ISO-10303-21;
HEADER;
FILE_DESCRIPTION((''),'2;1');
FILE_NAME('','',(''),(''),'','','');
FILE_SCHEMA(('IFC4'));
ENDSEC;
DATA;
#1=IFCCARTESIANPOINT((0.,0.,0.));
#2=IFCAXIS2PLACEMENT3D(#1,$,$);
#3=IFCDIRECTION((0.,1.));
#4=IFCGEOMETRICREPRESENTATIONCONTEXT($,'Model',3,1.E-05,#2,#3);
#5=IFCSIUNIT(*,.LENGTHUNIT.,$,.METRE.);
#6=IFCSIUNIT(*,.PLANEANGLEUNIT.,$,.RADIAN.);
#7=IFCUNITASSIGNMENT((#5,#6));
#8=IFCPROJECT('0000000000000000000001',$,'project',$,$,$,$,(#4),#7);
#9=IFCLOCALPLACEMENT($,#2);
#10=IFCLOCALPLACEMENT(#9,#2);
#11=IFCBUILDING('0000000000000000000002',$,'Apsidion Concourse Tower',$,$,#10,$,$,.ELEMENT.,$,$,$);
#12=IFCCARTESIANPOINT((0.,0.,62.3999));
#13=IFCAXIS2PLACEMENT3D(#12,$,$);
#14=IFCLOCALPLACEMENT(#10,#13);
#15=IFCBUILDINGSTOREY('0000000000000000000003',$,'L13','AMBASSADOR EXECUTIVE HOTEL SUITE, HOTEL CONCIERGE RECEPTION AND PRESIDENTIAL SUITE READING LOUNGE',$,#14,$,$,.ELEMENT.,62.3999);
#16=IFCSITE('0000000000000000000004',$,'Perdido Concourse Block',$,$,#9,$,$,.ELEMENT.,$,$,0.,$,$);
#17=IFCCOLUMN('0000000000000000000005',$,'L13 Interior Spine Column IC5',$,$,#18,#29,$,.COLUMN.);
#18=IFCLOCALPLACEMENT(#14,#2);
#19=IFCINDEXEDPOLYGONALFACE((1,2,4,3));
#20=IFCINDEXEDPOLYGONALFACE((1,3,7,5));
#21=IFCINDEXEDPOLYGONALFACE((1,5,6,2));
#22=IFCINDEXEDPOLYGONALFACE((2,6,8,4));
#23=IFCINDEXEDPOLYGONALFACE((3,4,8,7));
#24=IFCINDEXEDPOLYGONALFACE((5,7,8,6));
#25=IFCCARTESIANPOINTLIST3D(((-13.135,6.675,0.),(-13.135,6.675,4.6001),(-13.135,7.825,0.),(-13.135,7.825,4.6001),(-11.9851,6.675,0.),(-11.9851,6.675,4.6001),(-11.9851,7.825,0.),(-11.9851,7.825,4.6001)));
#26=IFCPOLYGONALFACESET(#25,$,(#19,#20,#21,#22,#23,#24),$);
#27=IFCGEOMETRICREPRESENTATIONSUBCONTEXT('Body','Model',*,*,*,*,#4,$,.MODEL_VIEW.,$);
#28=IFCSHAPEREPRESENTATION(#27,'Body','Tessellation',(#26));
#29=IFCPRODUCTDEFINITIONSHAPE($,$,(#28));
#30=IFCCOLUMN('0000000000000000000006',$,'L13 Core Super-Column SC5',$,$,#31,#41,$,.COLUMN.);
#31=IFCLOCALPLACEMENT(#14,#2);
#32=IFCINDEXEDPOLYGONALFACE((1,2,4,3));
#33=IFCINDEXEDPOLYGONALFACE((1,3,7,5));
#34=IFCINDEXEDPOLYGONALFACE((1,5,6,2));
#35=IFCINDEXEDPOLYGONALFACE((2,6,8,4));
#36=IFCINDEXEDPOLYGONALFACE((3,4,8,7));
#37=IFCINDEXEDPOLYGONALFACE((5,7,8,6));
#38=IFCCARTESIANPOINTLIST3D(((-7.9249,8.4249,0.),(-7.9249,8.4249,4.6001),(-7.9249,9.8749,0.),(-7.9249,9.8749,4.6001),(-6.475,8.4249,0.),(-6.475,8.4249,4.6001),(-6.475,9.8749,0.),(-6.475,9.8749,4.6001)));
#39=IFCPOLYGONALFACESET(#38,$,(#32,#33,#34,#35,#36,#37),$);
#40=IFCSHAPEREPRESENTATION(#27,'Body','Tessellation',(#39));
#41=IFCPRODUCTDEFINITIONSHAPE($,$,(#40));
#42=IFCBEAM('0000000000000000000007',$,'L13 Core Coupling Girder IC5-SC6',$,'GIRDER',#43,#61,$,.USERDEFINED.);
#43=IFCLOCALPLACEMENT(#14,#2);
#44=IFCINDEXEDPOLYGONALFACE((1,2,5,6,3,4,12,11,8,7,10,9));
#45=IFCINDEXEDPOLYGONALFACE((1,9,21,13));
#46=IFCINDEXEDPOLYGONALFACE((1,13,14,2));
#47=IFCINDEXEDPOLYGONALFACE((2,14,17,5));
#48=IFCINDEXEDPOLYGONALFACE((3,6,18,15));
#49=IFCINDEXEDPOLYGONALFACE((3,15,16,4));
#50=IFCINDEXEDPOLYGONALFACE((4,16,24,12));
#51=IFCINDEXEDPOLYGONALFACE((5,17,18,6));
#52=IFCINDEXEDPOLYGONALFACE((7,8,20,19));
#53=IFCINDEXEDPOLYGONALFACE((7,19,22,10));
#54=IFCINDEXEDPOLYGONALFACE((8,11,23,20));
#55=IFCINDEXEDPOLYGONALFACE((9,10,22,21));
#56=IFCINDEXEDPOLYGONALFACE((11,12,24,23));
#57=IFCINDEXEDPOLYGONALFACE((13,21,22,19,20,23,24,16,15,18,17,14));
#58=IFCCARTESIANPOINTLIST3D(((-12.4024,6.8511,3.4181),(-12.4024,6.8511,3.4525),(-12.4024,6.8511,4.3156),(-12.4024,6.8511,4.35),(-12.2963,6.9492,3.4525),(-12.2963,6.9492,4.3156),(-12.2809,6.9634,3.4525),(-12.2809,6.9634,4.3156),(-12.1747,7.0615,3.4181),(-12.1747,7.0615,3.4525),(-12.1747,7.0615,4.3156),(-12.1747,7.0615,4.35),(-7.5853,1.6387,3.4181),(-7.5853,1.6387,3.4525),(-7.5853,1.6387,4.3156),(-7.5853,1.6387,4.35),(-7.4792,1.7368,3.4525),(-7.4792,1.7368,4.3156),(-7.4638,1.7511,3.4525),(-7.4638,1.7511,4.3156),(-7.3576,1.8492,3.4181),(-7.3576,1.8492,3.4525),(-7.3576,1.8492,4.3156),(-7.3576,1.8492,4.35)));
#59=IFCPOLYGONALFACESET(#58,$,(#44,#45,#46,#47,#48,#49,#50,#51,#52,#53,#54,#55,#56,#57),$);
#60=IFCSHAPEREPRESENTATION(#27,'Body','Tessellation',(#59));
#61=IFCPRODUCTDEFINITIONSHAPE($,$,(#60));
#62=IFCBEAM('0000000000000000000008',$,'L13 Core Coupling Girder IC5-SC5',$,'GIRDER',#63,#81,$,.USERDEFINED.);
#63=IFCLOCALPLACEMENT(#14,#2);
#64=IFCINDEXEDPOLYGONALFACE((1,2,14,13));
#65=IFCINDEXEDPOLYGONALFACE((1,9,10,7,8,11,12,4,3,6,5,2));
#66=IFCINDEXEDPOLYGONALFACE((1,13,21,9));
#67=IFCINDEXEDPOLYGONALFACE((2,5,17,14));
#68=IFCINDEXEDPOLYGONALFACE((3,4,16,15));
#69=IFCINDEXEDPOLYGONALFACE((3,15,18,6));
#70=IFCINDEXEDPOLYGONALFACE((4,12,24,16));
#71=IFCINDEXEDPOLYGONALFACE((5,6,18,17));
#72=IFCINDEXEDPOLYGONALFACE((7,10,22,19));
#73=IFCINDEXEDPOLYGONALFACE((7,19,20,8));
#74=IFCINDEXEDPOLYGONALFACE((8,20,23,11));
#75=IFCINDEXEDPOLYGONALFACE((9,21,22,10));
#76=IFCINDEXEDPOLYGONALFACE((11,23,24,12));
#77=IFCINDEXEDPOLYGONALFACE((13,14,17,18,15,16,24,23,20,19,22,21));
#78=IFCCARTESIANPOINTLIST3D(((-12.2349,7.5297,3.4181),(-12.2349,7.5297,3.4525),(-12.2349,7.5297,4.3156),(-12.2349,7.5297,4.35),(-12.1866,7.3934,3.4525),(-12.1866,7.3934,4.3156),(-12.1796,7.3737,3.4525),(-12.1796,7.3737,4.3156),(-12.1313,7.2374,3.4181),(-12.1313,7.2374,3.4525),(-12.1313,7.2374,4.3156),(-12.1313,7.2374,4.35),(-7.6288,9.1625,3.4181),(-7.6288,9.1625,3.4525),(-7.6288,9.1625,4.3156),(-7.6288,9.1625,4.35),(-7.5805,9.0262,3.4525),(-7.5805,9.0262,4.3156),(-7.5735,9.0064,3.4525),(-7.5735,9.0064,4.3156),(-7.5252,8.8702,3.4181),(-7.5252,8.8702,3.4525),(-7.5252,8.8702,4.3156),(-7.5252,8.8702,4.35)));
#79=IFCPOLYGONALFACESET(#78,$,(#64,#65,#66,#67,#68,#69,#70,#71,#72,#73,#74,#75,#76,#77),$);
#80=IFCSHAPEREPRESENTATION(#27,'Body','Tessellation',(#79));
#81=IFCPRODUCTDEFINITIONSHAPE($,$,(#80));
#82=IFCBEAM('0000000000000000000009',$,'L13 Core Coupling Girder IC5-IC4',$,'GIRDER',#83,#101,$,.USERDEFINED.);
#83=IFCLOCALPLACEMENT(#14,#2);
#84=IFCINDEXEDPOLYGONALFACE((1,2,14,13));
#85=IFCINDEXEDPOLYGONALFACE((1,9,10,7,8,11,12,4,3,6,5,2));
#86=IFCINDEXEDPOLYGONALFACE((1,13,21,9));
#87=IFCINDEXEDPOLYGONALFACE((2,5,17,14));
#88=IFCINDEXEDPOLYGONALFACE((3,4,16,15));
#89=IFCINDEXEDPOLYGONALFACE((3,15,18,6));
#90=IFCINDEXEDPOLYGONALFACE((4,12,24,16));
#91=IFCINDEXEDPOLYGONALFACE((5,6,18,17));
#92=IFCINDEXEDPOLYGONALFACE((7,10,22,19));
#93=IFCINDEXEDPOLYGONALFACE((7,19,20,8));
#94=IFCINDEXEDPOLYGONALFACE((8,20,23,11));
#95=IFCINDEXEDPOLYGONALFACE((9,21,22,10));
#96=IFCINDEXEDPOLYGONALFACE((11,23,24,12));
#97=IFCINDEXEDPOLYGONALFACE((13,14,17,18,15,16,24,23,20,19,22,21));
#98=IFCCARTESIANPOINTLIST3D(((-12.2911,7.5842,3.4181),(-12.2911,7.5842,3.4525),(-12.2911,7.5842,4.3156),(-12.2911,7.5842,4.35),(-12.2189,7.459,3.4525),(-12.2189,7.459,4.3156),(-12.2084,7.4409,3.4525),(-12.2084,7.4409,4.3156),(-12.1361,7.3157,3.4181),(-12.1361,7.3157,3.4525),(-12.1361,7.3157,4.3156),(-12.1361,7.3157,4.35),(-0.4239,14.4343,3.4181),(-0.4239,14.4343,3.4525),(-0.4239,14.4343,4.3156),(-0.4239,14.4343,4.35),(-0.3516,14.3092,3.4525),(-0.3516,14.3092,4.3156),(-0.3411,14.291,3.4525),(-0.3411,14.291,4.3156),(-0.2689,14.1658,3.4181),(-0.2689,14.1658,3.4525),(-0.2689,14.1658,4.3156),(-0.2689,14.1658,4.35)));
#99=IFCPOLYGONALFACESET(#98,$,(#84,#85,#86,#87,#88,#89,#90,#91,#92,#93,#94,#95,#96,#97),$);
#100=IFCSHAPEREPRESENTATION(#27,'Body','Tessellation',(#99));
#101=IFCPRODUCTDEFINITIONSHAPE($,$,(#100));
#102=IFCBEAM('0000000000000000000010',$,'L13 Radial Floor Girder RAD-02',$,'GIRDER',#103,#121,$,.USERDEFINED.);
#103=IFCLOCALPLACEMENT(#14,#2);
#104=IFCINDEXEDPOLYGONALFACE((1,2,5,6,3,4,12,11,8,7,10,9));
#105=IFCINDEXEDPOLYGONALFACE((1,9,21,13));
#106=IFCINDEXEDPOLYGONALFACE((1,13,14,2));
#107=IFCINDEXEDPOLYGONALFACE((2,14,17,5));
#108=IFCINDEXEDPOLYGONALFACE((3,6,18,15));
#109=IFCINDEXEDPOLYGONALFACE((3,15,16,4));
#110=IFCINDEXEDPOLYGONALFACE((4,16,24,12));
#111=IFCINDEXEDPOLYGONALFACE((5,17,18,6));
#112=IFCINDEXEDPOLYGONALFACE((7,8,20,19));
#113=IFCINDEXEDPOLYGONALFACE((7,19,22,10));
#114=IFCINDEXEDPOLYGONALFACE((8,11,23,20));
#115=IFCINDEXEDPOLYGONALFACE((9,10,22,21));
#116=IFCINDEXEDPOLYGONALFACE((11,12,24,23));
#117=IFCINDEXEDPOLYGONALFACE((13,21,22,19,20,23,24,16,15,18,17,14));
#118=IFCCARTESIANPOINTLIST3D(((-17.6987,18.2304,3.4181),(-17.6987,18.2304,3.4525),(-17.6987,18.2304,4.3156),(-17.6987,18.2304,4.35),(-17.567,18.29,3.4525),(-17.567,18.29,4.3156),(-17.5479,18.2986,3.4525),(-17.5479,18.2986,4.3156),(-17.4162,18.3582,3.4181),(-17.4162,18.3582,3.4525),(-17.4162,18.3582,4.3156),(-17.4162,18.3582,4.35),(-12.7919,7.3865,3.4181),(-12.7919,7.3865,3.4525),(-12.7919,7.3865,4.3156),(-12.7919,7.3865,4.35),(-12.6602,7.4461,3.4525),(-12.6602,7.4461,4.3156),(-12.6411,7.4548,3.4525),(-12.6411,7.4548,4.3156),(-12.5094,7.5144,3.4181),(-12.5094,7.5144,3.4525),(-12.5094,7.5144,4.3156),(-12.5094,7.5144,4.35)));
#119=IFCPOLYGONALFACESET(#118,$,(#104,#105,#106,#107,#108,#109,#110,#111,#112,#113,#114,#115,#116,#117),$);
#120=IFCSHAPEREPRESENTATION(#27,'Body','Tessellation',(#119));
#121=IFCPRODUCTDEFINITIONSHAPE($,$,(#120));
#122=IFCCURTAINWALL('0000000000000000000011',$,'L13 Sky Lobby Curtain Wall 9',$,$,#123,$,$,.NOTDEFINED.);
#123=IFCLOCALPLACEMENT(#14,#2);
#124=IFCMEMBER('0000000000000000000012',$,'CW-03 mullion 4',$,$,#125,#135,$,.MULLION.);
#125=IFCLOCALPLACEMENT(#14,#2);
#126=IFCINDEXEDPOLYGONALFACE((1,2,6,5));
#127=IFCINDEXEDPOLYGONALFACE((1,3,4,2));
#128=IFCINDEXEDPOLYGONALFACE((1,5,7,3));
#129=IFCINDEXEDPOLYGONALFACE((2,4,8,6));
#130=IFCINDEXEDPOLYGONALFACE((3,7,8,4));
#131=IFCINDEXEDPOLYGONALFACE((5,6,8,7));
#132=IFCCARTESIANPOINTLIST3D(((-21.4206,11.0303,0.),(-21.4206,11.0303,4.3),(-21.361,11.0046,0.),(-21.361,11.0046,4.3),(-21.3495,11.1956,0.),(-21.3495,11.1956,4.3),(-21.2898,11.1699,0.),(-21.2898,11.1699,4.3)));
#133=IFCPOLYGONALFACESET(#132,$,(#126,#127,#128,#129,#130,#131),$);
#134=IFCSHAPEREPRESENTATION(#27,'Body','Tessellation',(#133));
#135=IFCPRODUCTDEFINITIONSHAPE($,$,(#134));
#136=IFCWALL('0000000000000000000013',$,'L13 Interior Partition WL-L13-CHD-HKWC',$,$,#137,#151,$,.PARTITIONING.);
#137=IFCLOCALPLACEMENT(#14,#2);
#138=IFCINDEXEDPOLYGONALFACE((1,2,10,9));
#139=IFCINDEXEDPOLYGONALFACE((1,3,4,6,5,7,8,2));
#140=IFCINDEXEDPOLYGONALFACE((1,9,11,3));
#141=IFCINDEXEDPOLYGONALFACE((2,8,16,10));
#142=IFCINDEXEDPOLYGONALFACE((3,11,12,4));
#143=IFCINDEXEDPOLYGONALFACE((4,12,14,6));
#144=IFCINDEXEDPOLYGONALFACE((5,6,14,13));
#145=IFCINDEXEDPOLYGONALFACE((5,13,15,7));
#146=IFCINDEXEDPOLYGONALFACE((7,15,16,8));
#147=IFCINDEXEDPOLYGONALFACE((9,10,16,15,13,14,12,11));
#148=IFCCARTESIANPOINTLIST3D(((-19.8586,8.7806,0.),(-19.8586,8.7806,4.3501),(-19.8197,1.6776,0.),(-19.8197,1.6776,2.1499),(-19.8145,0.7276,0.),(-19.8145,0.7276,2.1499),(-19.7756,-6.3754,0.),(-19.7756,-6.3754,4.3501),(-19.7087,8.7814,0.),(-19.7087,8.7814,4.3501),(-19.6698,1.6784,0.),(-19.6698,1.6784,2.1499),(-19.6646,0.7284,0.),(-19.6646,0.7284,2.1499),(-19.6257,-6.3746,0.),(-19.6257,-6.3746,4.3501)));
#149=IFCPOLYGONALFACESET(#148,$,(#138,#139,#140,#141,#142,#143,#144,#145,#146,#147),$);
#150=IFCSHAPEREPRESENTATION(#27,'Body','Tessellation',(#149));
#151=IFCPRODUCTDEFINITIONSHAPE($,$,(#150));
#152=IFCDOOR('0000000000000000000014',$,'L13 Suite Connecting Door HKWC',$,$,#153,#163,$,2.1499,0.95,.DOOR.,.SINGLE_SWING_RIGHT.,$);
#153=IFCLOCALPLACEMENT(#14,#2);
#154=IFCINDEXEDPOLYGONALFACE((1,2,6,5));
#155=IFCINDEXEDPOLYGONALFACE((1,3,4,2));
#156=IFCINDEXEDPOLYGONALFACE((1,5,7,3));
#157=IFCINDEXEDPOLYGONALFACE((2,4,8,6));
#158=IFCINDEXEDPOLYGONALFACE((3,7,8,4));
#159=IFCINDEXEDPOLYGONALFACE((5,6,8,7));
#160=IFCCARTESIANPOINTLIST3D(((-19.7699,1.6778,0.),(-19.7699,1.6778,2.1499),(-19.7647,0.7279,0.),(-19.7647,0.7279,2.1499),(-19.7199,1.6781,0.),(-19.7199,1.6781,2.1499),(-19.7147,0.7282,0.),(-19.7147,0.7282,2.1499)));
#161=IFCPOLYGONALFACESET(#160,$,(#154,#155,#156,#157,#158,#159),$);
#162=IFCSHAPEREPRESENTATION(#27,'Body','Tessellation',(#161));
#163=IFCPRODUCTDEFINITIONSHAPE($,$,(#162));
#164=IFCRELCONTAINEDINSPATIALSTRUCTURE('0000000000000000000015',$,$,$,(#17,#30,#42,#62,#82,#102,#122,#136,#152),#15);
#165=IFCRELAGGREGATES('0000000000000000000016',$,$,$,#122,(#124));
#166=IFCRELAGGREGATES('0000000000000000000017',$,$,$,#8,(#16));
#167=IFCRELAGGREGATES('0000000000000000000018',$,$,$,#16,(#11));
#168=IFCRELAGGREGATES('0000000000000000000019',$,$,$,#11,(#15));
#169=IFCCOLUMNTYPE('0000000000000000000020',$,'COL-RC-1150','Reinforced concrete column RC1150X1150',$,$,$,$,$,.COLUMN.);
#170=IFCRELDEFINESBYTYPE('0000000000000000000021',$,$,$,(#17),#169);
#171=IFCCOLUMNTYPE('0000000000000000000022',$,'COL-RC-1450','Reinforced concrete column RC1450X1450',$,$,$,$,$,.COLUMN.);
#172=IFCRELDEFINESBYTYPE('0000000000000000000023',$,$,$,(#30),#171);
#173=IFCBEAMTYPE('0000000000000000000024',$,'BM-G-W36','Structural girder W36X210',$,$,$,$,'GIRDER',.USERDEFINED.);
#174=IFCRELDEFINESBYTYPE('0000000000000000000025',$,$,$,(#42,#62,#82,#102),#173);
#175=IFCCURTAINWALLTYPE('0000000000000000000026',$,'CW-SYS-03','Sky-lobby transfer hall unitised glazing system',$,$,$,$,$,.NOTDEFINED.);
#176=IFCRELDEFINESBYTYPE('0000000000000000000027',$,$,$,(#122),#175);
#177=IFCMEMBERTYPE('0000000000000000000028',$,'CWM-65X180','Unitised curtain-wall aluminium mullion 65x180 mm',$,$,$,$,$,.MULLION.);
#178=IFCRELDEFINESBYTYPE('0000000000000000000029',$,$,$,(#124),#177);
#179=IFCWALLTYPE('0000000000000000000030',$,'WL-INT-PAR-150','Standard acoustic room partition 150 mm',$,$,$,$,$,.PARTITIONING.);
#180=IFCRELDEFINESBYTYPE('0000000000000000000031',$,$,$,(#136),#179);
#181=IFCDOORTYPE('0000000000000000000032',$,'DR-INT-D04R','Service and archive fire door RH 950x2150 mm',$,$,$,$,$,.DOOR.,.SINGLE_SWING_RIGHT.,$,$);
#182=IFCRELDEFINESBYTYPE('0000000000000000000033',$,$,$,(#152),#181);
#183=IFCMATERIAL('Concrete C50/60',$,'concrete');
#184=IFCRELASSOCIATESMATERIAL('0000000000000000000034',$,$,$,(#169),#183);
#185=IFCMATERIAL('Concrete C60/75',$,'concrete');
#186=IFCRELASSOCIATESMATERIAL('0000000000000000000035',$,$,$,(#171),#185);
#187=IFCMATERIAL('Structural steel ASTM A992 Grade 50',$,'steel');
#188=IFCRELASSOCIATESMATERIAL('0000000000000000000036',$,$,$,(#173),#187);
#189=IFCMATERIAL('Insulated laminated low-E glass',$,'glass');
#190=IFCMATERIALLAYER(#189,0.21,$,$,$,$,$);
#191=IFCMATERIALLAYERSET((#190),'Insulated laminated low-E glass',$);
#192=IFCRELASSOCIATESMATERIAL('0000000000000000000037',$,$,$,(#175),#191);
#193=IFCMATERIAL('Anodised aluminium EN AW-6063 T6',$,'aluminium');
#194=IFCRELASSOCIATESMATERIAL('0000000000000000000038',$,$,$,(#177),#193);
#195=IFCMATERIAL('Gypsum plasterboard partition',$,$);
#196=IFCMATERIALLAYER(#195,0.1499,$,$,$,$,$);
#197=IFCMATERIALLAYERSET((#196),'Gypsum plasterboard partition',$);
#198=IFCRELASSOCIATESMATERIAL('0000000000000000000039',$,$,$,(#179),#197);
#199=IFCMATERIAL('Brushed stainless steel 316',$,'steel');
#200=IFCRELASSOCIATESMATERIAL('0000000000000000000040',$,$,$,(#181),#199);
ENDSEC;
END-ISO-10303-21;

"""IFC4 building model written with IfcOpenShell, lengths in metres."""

from ifc_helpers import new_model, si_unit, direction, frame, frame_2d, origin, origin_2d, place, context, subcontext, project, spatial, rectangle, i_section, extrude, material, layer, layer_set, material_profile, profile_set, type_object, element, fill, aggregate, save


model = new_model("IFC4")

# Units and contexts
model_context = context("Model", 3, precision=1e-05, world=origin(), true_north=direction((0.0, 1.0)))
body_context = subcontext(model_context, "Body", "Model", "MODEL_VIEW")
ifc_project = project(units=[si_unit("LENGTHUNIT", "METRE"), si_unit("PLANEANGLEUNIT", "RADIAN")], contexts=[model_context])

# Site, building, storey
site_placement = place(None, origin())
site = spatial("IfcSite", under=ifc_project, at=site_placement, Name="Perdido Concourse Block", CompositionType="ELEMENT", RefElevation=0.0)
building_placement = place(site_placement, origin())
building = spatial("IfcBuilding", under=site, at=building_placement, Name="Apsidion Concourse Tower", CompositionType="ELEMENT")
storey_placement = place(building_placement, frame((0.0, 0.0, 62.3999)))
storey = spatial("IfcBuildingStorey", under=building, at=storey_placement, Name="L13", Description="AMBASSADOR EXECUTIVE HOTEL SUITE, HOTEL CONCIERGE RECEPTION AND PRESIDENTIAL SUITE READING LOUNGE", CompositionType="ELEMENT", Elevation=62.3999)

# Columns
ifc_material_1 = material(Name="Concrete C50/60", Category="concrete")
ifc_material_profile_1 = material_profile(ifc_material_1, rectangle(XDim=1.1499, YDim=1.1499, at=origin_2d()), Name="RC 1150x1150")
ifc_profile_set_1 = profile_set([ifc_material_profile_1], Name="Concrete C50/60")
column_type_1 = type_object("IfcColumnType", Name="COL-RC-1150", Description="Reinforced concrete column RC1150X1150", PredefinedType="COLUMN", material=ifc_profile_set_1)
column_1_placement = place(storey_placement, frame((-12.5601, 7.25, 0.0), z_axis=(0.0, 0.0, 1.0), x_axis=(1.0, 0.0, 0.0)))
element("IfcColumn", 1, at=column_1_placement, inside=storey, type_object=column_type_1, Name="L13 Interior Spine Column IC5", PredefinedType="COLUMN", context=body_context, shape_type="SweptSolid", body=[
    extrude(rectangle(XDim=1.1499, YDim=1.1499, at=origin_2d()), origin(), (0.0, 0.0, 1.0), 4.6001),
])
ifc_material_2 = material(Name="Concrete C60/75", Category="concrete")
ifc_material_profile_2 = material_profile(ifc_material_2, rectangle(XDim=1.45, YDim=1.45, at=origin_2d()), Name="RC 1450x1450")
ifc_profile_set_2 = profile_set([ifc_material_profile_2], Name="Concrete C60/75")
column_type_2 = type_object("IfcColumnType", Name="COL-RC-1450", Description="Reinforced concrete column RC1450X1450", PredefinedType="COLUMN", material=ifc_profile_set_2)
column_2_placement = place(storey_placement, frame((-7.2, 9.1499, 0.0), z_axis=(0.0, 0.0, 1.0), x_axis=(1.0, 0.0, 0.0)))
element("IfcColumn", 2, at=column_2_placement, inside=storey, type_object=column_type_2, Name="L13 Core Super-Column SC5", PredefinedType="COLUMN", context=body_context, shape_type="SweptSolid", body=[
    extrude(rectangle(XDim=1.45, YDim=1.45, at=origin_2d()), origin(), (0.0, 0.0, 1.0), 4.6001),
])

# Beams
ifc_material_3 = material(Name="Structural steel ASTM A992 Grade 50", Category="steel")
ifc_material_profile_3 = material_profile(ifc_material_3, i_section(OverallWidth=0.3101, OverallDepth=0.9319, WebThickness=0.021, FlangeThickness=0.0344, at=origin_2d()), Name="W36X210")
ifc_profile_set_3 = profile_set([ifc_material_profile_3], Name="Structural steel ASTM A992 Grade 50")
beam_type = type_object("IfcBeamType", Name="BM-G-W36", Description="Structural girder W36X210", ElementType="GIRDER", PredefinedType="USERDEFINED", material=ifc_profile_set_3)
beam_1_placement = place(storey_placement, frame((-12.2886, 6.9563, 3.884), z_axis=(0.678713, -0.734404, 0.0), x_axis=(0.734404, 0.678713, 0.0)))
element("IfcBeam", 3, at=beam_1_placement, inside=storey, type_object=beam_type, Name="L13 Core Coupling Girder IC5-SC6", ObjectType="GIRDER", PredefinedType="USERDEFINED", context=body_context, shape_type="SweptSolid", body=[
    extrude(i_section(OverallWidth=0.3101, OverallDepth=0.9319, WebThickness=0.021, FlangeThickness=0.0344, at=origin_2d()), origin(), (0.0, 0.0, 1.0), 7.0974),
])
beam_2_placement = place(storey_placement, frame((-12.1831, 7.3835, 3.884), z_axis=(0.942534, 0.334111, 0.0), x_axis=(-0.334111, 0.942534, 0.0)))
element("IfcBeam", 4, at=beam_2_placement, inside=storey, type_object=beam_type, Name="L13 Core Coupling Girder IC5-SC5", ObjectType="GIRDER", PredefinedType="USERDEFINED", context=body_context, shape_type="SweptSolid", body=[
    extrude(i_section(OverallWidth=0.3101, OverallDepth=0.9319, WebThickness=0.021, FlangeThickness=0.0344, at=origin_2d()), origin(), (0.0, 0.0, 1.0), 4.887),
])
beam_3_placement = place(storey_placement, frame((-12.2136, 7.45, 3.884), z_axis=(0.86607, 0.499922, 0.0), x_axis=(-0.499922, 0.86607, 0.0)))
element("IfcBeam", 5, at=beam_3_placement, inside=storey, type_object=beam_type, Name="L13 Core Coupling Girder IC5-IC4", ObjectType="GIRDER", PredefinedType="USERDEFINED", context=body_context, shape_type="SweptSolid", body=[
    extrude(i_section(OverallWidth=0.3101, OverallDepth=0.9319, WebThickness=0.021, FlangeThickness=0.0344, at=origin_2d()), origin(), (0.0, 0.0, 1.0), 13.7024),
])
beam_4_placement = place(storey_placement, frame((-12.6506, 7.4504, 3.884), z_axis=(-0.412254, 0.911069, 0.0), x_axis=(-0.911069, -0.412254, 0.0)))
element("IfcBeam", 6, at=beam_4_placement, inside=storey, type_object=beam_type, Name="L13 Radial Floor Girder RAD-02", ObjectType="GIRDER", PredefinedType="USERDEFINED", context=body_context, shape_type="SweptSolid", body=[
    extrude(i_section(OverallWidth=0.3101, OverallDepth=0.9319, WebThickness=0.021, FlangeThickness=0.0344, at=origin_2d()), origin(), (0.0, 0.0, 1.0), 11.9023),
])

# Curtain wall, member
ifc_material_4 = material(Name="Insulated laminated low-E glass", Category="glass")
ifc_layer_1 = layer(ifc_material_4, 0.21)
ifc_layer_set_1 = layer_set([ifc_layer_1], Name="Insulated laminated low-E glass")
curtain_wall_type = type_object("IfcCurtainWallType", Name="CW-SYS-03", Description="Sky-lobby transfer hall unitised glazing system", PredefinedType="NOTDEFINED", material=ifc_layer_set_1)
curtain_wall_placement = place(storey_placement, origin())
curtain_wall = element("IfcCurtainWall", 7, at=curtain_wall_placement, inside=storey, type_object=curtain_wall_type, Name="L13 Sky Lobby Curtain Wall 9", PredefinedType="NOTDEFINED")
ifc_material_5 = material(Name="Anodised aluminium EN AW-6063 T6", Category="aluminium")
ifc_material_profile_4 = material_profile(ifc_material_5, rectangle(XDim=0.0649, YDim=0.1799, at=origin_2d()), Name="ALU MULLION 65x180")
ifc_profile_set_4 = profile_set([ifc_material_profile_4], Name="Anodised aluminium EN AW-6063 T6")
member_type = type_object("IfcMemberType", Name="CWM-65X180", Description="Unitised curtain-wall aluminium mullion 65x180 mm", PredefinedType="MULLION", material=ifc_profile_set_4)
member_placement = place(storey_placement, frame((-21.3552, 11.1001, 0.0), z_axis=(0.0, 0.0, 1.0), x_axis=(-0.918501, 0.395419, 0.0)))
member = element("IfcMember", 8, at=member_placement, type_object=member_type, Name="CW-03 mullion 4", PredefinedType="MULLION", context=body_context, shape_type="SweptSolid", body=[
    extrude(rectangle(XDim=0.0649, YDim=0.1799, at=origin_2d()), origin(), (0.0, 0.0, 1.0), 4.3),
])
aggregate(curtain_wall, [member])

# Wall, opening, door
ifc_material_6 = material(Name="Gypsum plasterboard partition")
ifc_layer_2 = layer(ifc_material_6, 0.1499)
ifc_layer_set_2 = layer_set([ifc_layer_2], Name="Gypsum plasterboard partition")
wall_type_1 = type_object("IfcWallType", Name="WL-INT-PAR-150", Description="Standard acoustic room partition 150 mm", PredefinedType="PARTITIONING", material=ifc_layer_set_2)
wall_1_placement = place(storey_placement, frame((-19.7837, 8.781, 0.0), z_axis=(0.0, 0.0, 1.0), x_axis=(0.005477, -0.999985, 0.0)))
wall_1 = element("IfcWall", 9, at=wall_1_placement, inside=storey, type_object=wall_type_1, Name="L13 Interior Partition WL-L13-CHD-HKWC", PredefinedType="PARTITIONING", context=body_context, shape_type="SweptSolid", body=[
    extrude(rectangle(XDim=15.1562, YDim=0.1499, at=frame_2d((7.5781, 0.0))), origin(), (0.0, 0.0, 1.0), 4.3501),
])
opening_1_placement = place(wall_1_placement, frame((7.103, 0.0, 0.0)))
opening_1 = element("IfcOpeningElement", 10, at=opening_1_placement, cuts=wall_1, PredefinedType="OPENING", context=body_context, shape_type="SweptSolid", body=[
    extrude(rectangle(XDim=0.95, YDim=2.1499, at=frame_2d((0.4751, 1.075))), frame((0.0, 0.085, 0.0), z_axis=(0.0, -1.0, 0.0), x_axis=(1.0, 0.0, 0.0)), (0.0, 0.0, 1.0), 0.1699),
])
ifc_material_7 = material(Name="Brushed stainless steel 316", Category="steel")
door_type_1 = type_object("IfcDoorType", Name="DR-INT-D04R", Description="Service and archive fire door RH 950x2150 mm", OperationType="SINGLE_SWING_RIGHT", PredefinedType="DOOR", material=ifc_material_7)
door_1_placement = place(opening_1_placement, origin())
door_1 = element("IfcDoor", 11, at=door_1_placement, inside=storey, type_object=door_type_1, Name="L13 Suite Connecting Door HKWC", OperationType="SINGLE_SWING_RIGHT", OverallHeight=2.1499, OverallWidth=0.95, PredefinedType="DOOR", context=body_context, shape_type="SweptSolid", body=[
    extrude(rectangle(XDim=0.95, YDim=2.1499, at=frame_2d((0.4751, 1.075))), frame((0.0, 0.0249, 0.0), z_axis=(0.0, -1.0, 0.0), x_axis=(1.0, 0.0, 0.0)), (0.0, 0.0, 1.0), 0.05),
])
fill(opening_1, door_1)

save(model, "model.ifc")
